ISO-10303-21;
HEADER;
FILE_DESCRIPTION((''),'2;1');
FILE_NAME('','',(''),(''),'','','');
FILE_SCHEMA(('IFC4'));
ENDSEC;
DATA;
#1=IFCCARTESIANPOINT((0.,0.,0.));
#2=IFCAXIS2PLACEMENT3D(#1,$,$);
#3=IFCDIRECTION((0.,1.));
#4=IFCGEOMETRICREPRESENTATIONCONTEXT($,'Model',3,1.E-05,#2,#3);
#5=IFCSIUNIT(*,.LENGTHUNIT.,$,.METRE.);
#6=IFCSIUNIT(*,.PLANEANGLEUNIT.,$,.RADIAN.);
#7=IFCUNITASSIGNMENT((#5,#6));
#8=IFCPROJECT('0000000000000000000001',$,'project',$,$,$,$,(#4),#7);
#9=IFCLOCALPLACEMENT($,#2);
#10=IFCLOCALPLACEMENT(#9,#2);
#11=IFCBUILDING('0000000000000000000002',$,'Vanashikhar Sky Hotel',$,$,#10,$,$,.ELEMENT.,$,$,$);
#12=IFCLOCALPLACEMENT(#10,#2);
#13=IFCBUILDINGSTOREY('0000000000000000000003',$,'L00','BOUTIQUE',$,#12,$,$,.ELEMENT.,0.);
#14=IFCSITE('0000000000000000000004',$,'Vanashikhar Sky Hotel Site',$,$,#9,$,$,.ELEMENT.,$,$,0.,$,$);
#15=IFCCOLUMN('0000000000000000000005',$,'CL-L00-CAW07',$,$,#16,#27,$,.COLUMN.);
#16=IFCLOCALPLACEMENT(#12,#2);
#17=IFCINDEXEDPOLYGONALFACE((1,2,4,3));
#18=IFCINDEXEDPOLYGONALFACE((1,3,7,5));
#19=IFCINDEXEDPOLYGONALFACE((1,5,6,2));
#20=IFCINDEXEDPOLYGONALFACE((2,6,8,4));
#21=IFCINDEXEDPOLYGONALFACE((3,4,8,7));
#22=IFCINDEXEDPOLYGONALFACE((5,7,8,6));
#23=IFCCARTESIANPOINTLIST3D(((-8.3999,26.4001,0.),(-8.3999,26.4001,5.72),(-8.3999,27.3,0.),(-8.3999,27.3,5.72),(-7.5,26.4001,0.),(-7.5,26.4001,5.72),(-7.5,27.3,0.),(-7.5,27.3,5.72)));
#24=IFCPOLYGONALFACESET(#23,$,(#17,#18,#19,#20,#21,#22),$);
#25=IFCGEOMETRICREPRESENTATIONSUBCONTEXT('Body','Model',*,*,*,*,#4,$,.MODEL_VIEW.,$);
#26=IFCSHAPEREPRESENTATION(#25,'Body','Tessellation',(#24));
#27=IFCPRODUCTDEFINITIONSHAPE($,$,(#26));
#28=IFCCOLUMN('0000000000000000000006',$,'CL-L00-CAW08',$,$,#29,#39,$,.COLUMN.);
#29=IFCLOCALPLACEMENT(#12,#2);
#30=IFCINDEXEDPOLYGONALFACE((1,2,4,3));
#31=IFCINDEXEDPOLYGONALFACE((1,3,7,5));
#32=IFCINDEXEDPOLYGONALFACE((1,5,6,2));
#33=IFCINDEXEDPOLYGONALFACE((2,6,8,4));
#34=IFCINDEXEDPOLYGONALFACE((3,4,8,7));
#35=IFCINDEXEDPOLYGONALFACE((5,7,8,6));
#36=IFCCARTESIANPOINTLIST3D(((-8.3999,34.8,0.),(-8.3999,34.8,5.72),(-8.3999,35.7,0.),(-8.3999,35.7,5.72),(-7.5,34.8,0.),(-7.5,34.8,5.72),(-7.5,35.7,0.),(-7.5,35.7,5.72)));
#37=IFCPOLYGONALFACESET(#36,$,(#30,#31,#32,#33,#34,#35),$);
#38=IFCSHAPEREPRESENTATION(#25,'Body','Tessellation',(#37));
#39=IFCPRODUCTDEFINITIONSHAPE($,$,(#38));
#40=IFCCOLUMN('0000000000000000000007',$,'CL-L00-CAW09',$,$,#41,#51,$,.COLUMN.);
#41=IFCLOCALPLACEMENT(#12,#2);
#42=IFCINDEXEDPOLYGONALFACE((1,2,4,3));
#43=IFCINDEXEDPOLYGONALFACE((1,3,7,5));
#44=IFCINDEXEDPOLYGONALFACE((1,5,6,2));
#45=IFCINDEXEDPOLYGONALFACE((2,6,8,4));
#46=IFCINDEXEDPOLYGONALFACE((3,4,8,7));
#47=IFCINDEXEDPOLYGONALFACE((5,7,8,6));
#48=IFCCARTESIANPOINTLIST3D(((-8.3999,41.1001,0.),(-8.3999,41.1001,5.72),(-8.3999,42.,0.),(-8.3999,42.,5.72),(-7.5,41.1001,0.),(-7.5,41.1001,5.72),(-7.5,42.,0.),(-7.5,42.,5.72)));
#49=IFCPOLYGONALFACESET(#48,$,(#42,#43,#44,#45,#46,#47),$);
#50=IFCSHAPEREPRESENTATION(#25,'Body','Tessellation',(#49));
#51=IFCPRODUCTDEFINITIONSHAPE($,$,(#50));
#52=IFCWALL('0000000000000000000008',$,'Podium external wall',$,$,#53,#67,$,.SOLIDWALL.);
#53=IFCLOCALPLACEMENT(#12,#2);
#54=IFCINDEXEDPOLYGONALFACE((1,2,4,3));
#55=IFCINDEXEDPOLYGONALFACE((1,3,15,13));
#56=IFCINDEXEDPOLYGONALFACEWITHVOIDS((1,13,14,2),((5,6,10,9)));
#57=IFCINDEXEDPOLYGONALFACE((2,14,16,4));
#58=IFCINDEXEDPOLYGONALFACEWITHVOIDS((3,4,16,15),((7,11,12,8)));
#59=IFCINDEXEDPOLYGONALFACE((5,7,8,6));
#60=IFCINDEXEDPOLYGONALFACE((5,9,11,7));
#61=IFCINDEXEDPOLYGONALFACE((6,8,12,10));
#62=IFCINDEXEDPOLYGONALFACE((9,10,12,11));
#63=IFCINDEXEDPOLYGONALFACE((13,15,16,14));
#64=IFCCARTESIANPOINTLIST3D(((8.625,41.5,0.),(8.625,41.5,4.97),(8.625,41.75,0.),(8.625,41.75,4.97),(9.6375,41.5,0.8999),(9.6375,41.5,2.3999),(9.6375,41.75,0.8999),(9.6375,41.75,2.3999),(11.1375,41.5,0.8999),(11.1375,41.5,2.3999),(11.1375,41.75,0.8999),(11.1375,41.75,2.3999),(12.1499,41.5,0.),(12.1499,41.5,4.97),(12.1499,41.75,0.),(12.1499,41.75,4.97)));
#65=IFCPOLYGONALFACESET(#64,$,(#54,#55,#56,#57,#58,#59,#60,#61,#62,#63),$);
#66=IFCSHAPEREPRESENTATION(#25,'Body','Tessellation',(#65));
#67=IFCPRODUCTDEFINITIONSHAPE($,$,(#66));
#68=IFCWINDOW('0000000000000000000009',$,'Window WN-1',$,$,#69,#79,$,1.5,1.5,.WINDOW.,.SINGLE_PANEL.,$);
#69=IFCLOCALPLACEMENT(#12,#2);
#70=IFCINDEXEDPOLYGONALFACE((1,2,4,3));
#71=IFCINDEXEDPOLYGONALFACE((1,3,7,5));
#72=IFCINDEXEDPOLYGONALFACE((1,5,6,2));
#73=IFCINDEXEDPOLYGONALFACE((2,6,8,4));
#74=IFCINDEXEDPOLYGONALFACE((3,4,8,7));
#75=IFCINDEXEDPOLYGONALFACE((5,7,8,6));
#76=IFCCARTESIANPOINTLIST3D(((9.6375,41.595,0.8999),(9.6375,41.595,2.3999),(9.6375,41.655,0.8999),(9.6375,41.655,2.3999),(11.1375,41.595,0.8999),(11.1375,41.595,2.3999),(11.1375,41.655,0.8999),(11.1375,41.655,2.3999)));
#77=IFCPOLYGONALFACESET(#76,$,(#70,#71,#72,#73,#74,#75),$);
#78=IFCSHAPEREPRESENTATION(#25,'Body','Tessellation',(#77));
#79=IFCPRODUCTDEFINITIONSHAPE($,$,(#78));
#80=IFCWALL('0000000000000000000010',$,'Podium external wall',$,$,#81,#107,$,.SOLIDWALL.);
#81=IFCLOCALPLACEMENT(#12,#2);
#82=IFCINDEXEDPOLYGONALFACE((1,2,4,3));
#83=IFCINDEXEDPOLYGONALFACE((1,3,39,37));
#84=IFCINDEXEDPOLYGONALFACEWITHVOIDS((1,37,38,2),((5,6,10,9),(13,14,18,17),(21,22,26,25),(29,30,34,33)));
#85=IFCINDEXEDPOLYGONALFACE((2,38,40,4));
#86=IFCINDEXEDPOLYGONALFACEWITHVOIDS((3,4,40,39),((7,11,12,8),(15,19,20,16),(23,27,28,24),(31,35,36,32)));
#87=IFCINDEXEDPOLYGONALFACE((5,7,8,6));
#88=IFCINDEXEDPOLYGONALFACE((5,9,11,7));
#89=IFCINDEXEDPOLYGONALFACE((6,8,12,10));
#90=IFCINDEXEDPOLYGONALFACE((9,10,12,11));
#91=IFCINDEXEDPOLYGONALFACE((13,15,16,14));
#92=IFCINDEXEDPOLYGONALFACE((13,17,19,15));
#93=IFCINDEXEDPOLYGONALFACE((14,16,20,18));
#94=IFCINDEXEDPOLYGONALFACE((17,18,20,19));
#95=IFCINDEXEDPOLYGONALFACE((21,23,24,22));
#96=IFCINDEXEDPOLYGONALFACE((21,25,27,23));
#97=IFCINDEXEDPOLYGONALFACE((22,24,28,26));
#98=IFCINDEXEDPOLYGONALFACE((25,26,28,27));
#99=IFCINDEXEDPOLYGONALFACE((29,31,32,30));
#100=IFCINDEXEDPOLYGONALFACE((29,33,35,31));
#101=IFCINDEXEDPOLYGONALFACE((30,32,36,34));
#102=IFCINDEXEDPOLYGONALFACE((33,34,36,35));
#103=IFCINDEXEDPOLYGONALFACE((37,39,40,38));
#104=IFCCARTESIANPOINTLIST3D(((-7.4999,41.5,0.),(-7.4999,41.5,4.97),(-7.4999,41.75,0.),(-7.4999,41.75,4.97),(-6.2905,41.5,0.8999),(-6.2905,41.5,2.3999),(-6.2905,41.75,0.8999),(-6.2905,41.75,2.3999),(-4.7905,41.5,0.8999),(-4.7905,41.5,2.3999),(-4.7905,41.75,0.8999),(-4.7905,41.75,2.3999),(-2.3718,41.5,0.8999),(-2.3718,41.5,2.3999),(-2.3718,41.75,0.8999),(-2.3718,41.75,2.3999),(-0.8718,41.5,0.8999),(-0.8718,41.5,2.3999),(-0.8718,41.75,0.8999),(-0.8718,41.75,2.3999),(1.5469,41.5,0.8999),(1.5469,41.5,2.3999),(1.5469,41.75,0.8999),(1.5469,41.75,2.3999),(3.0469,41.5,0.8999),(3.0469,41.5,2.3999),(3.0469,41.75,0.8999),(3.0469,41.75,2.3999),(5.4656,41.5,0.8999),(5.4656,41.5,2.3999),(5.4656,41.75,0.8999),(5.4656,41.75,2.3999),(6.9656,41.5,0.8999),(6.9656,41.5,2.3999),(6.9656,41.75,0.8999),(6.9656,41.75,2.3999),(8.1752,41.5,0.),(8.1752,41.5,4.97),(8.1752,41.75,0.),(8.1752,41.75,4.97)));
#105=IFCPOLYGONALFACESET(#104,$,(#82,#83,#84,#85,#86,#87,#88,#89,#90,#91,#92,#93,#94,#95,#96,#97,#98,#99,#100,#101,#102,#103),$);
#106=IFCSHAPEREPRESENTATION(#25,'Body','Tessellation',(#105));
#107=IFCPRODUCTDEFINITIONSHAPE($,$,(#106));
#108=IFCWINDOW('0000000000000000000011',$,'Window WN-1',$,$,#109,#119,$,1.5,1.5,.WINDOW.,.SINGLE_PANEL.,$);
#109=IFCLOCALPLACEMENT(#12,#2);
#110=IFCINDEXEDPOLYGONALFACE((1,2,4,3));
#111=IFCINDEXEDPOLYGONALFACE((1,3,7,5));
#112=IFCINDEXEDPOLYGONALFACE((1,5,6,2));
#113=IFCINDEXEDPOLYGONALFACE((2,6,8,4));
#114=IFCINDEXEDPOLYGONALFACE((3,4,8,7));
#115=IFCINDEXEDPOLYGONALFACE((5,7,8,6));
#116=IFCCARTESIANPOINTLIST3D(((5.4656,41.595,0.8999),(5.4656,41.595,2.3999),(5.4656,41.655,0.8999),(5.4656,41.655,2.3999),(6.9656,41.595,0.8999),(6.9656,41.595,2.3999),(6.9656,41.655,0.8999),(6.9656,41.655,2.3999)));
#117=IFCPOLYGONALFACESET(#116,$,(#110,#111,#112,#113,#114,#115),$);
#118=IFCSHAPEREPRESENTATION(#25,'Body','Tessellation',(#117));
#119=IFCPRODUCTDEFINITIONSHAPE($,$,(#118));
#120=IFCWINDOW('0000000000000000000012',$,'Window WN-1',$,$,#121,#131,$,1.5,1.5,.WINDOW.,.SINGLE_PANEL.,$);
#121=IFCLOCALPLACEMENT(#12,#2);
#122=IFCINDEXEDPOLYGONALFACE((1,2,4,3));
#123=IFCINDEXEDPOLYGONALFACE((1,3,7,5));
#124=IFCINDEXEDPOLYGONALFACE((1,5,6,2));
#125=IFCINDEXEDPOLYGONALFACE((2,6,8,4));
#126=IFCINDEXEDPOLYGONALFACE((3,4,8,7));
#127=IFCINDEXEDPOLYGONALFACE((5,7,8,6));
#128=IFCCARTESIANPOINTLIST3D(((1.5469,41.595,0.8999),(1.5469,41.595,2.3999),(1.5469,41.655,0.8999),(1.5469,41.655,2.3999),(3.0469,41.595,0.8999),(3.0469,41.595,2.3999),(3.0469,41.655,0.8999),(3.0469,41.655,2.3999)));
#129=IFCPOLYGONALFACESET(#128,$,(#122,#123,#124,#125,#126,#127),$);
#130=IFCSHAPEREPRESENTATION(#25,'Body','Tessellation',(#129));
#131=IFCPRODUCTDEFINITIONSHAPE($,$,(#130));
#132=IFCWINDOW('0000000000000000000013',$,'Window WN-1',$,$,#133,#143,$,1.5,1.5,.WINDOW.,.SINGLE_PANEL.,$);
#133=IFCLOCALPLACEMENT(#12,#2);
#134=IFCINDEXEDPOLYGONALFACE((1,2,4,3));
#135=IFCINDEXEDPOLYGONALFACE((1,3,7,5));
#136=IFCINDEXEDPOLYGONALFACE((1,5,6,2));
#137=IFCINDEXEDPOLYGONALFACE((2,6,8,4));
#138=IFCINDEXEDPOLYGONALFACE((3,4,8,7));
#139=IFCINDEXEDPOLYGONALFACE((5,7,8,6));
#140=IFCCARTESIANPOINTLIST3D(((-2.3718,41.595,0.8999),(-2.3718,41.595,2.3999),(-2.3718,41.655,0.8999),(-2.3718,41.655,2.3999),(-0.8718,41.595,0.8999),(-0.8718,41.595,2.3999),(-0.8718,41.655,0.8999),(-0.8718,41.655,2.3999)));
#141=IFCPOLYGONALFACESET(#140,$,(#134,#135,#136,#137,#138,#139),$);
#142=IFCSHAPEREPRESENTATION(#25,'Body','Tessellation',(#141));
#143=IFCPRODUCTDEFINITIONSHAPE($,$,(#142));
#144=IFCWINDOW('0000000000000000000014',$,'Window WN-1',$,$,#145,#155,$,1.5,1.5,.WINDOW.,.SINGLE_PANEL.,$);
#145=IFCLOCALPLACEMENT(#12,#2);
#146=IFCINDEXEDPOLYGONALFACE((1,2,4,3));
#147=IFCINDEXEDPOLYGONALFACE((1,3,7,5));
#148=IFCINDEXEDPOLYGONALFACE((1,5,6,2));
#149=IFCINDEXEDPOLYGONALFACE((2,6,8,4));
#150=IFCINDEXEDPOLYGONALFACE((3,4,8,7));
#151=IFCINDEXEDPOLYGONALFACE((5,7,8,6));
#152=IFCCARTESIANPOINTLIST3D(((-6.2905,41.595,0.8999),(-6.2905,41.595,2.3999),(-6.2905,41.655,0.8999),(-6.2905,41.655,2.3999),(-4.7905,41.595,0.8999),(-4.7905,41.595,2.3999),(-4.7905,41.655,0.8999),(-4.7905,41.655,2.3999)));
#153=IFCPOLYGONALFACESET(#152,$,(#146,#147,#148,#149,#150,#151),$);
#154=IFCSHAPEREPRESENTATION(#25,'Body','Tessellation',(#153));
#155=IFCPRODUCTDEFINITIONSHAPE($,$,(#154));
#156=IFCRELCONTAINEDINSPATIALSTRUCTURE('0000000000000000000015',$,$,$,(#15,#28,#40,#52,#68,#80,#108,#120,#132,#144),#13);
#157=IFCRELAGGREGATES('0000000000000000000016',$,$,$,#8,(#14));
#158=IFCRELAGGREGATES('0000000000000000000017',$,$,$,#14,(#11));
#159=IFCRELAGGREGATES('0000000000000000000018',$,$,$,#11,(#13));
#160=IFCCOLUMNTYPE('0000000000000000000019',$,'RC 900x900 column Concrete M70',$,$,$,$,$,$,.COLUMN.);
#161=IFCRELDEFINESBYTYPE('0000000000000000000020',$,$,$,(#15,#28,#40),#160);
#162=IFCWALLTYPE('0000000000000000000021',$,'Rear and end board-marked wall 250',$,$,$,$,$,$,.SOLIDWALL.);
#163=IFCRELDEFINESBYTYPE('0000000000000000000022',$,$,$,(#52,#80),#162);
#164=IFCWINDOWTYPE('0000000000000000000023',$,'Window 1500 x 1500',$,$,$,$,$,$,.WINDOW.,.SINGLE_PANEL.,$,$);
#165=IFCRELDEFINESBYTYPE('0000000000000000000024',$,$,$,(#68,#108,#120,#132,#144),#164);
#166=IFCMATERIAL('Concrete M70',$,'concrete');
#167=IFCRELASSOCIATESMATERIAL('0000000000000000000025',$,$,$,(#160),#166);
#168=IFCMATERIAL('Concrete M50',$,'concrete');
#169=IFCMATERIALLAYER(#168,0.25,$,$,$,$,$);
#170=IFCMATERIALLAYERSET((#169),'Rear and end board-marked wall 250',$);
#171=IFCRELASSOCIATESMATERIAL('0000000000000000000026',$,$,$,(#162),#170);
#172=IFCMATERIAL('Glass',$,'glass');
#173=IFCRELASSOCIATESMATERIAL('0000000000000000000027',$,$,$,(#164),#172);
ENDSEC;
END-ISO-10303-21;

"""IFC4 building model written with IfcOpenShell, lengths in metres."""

from ifc_helpers import new_model, si_unit, direction, frame, frame_2d, origin, origin_2d, place, context, subcontext, project, spatial, rectangle, extrude, source, transform, mapped, material, layer, layer_set, material_profile, profile_set, type_object, element, fill, save


model = new_model("IFC4")

# Units and contexts
model_context = context("Model", 3, precision=1e-05, world=origin(), true_north=direction((0.0, 1.0)))
body_context = subcontext(model_context, "Body", "Model", "MODEL_VIEW")
ifc_project = project(units=[si_unit("LENGTHUNIT", "METRE"), si_unit("PLANEANGLEUNIT", "RADIAN")], contexts=[model_context])

# Site, building, storey
site_placement = place(None, origin())
site = spatial("IfcSite", under=ifc_project, at=site_placement, Name="Vanashikhar Sky Hotel Site", CompositionType="ELEMENT", RefElevation=0.0)
building_placement = place(site_placement, origin())
building = spatial("IfcBuilding", under=site, at=building_placement, Name="Vanashikhar Sky Hotel", CompositionType="ELEMENT")
storey_placement = place(building_placement, origin())
storey = spatial("IfcBuildingStorey", under=building, at=storey_placement, Name="L00", Description="BOUTIQUE", CompositionType="ELEMENT", Elevation=0.0)

# Columns
ifc_material_1 = material(Name="Concrete M70", Category="concrete")
ifc_material_profile = material_profile(ifc_material_1, rectangle(XDim=0.8999, YDim=0.8999, at=origin_2d()))
ifc_profile_set = profile_set([ifc_material_profile], Name="RC 900x900 column Concrete M70")
column_type = type_object("IfcColumnType", Name="RC 900x900 column Concrete M70", PredefinedType="COLUMN", material=ifc_profile_set)
shared_shape_1 = source(origin(), body_context, "Body", "SweptSolid", [
    extrude(rectangle(XDim=0.8999, YDim=0.8999, at=origin_2d()), origin(), (0.0, 0.0, 1.0), 5.72),
])
for number, where, z_axis, x_axis, name in (
    (1, (-7.95, 26.8501, 0.0), (0.0, 0.0, 1.0), (1.0, 0.0, 0.0), "CL-L00-CAW07"),
    (2, (-7.95, 35.25, 0.0), (0.0, 0.0, 1.0), (1.0, 0.0, 0.0), "CL-L00-CAW08"),
    (3, (-7.95, 41.55, 0.0), (0.0, 0.0, 1.0), (1.0, 0.0, 0.0), "CL-L00-CAW09"),
):
    element("IfcColumn", number, at=place(storey_placement, frame(where, z_axis=z_axis, x_axis=x_axis)), inside=storey, type_object=column_type, Name=name, PredefinedType="COLUMN", context=body_context, shape_type="MappedRepresentation", body=[
        mapped(shared_shape_1, transform((0.0, 0.0, 0.0), scale=1.0)),
    ])

# Wall, opening, window
ifc_material_2 = material(Name="Concrete M50", Category="concrete")
ifc_layer = layer(ifc_material_2, 0.25)
ifc_layer_set = layer_set([ifc_layer], Name="Rear and end board-marked wall 250")
wall_type = type_object("IfcWallType", Name="Rear and end board-marked wall 250", PredefinedType="SOLIDWALL", material=ifc_layer_set)
shared_shape_2 = source(origin(), body_context, "Body", "SweptSolid", [
    extrude(rectangle(XDim=3.5249, YDim=0.25, at=frame_2d((1.7625, 0.0))), origin(), (0.0, 0.0, 1.0), 4.97),
])
wall_1_placement = place(storey_placement, frame((12.1499, 41.625, 0.0), z_axis=(0.0, 0.0, 1.0), x_axis=(-1.0, 0.0, 0.0)))
wall_1 = element("IfcWall", 4, at=wall_1_placement, inside=storey, type_object=wall_type, Name="Podium external wall", PredefinedType="SOLIDWALL", context=body_context, shape_type="MappedRepresentation", body=[
    mapped(shared_shape_2, transform((0.0, 0.0, 0.0), scale=1.0)),
])
shared_shape_3 = source(origin(), body_context, "Body", "SweptSolid", [
    extrude(rectangle(XDim=1.5, YDim=1.5, at=frame_2d((0.75, 0.75))), frame((0.0, 0.135, 0.0), z_axis=(0.0, -1.0, 0.0), x_axis=(1.0, 0.0, 0.0)), (0.0, 0.0, 1.0), 0.27),
])
opening_1_placement = place(wall_1_placement, frame((1.0125, 0.0, 0.8999)))
opening_1 = element("IfcOpeningElement", 5, at=opening_1_placement, cuts=wall_1, PredefinedType="OPENING", context=body_context, shape_type="MappedRepresentation", body=[
    mapped(shared_shape_3, transform((0.0, 0.0, 0.0), scale=1.0)),
])
ifc_material_3 = material(Name="Glass", Category="glass")
window_type_1 = type_object("IfcWindowType", Name="Window 1500 x 1500", PartitioningType="SINGLE_PANEL", PredefinedType="WINDOW", material=ifc_material_3)
shared_shape_4 = source(origin(), body_context, "Body", "SweptSolid", [
    extrude(rectangle(XDim=1.5, YDim=1.5, at=frame_2d((0.75, 0.75))), frame((0.0, 0.03, 0.0), z_axis=(0.0, -1.0, 0.0), x_axis=(1.0, 0.0, 0.0)), (0.0, 0.0, 1.0), 0.0601),
])
window_1_placement = place(opening_1_placement, origin())
window_1 = element("IfcWindow", 6, at=window_1_placement, inside=storey, type_object=window_type_1, Name="Window WN-1", OverallHeight=1.5, OverallWidth=1.5, PartitioningType="SINGLE_PANEL", PredefinedType="WINDOW", context=body_context, shape_type="MappedRepresentation", body=[
    mapped(shared_shape_4, transform((0.0, 0.0, 0.0), scale=1.0)),
])
fill(opening_1, window_1)

# Wall, openings, windows
shared_shape_5 = source(origin(), body_context, "Body", "SweptSolid", [
    extrude(rectangle(XDim=15.675, YDim=0.25, at=frame_2d((7.8374, 0.0))), origin(), (0.0, 0.0, 1.0), 4.97),
])
wall_2_placement = place(storey_placement, frame((8.175, 41.625, 0.0), z_axis=(0.0, 0.0, 1.0), x_axis=(-1.0, 0.0, 0.0)))
wall_2 = element("IfcWall", 7, at=wall_2_placement, inside=storey, type_object=wall_type, Name="Podium external wall", PredefinedType="SOLIDWALL", context=body_context, shape_type="MappedRepresentation", body=[
    mapped(shared_shape_5, transform((0.0, 0.0, 0.0), scale=1.0)),
])
opening_2_placement = place(wall_2_placement, frame((1.2095, 0.0, 0.8999)))
opening_2 = element("IfcOpeningElement", 8, at=opening_2_placement, cuts=wall_2, PredefinedType="OPENING", context=body_context, shape_type="MappedRepresentation", body=[
    mapped(shared_shape_3, transform((0.0, 0.0, 0.0), scale=1.0)),
])
opening_3_placement = place(wall_2_placement, frame((5.1282, 0.0, 0.8999)))
opening_3 = element("IfcOpeningElement", 9, at=opening_3_placement, cuts=wall_2, PredefinedType="OPENING", context=body_context, shape_type="MappedRepresentation", body=[
    mapped(shared_shape_3, transform((0.0, 0.0, 0.0), scale=1.0)),
])
opening_4_placement = place(wall_2_placement, frame((9.0469, 0.0, 0.8999)))
opening_4 = element("IfcOpeningElement", 10, at=opening_4_placement, cuts=wall_2, PredefinedType="OPENING", context=body_context, shape_type="MappedRepresentation", body=[
    mapped(shared_shape_3, transform((0.0, 0.0, 0.0), scale=1.0)),
])
opening_5_placement = place(wall_2_placement, frame((12.9656, 0.0, 0.8999)))
opening_5 = element("IfcOpeningElement", 11, at=opening_5_placement, cuts=wall_2, PredefinedType="OPENING", context=body_context, shape_type="MappedRepresentation", body=[
    mapped(shared_shape_3, transform((0.0, 0.0, 0.0), scale=1.0)),
])
window_2_placement = place(opening_2_placement, origin())
window_2 = element("IfcWindow", 12, at=window_2_placement, inside=storey, type_object=window_type_1, Name="Window WN-1", OverallHeight=1.5, OverallWidth=1.5, PartitioningType="SINGLE_PANEL", PredefinedType="WINDOW", context=body_context, shape_type="MappedRepresentation", body=[
    mapped(shared_shape_4, transform((0.0, 0.0, 0.0), scale=1.0)),
])
fill(opening_2, window_2)
window_3_placement = place(opening_3_placement, origin())
window_3 = element("IfcWindow", 13, at=window_3_placement, inside=storey, type_object=window_type_1, Name="Window WN-1", OverallHeight=1.5, OverallWidth=1.5, PartitioningType="SINGLE_PANEL", PredefinedType="WINDOW", context=body_context, shape_type="MappedRepresentation", body=[
    mapped(shared_shape_4, transform((0.0, 0.0, 0.0), scale=1.0)),
])
fill(opening_3, window_3)
window_4_placement = place(opening_4_placement, origin())
window_4 = element("IfcWindow", 14, at=window_4_placement, inside=storey, type_object=window_type_1, Name="Window WN-1", OverallHeight=1.5, OverallWidth=1.5, PartitioningType="SINGLE_PANEL", PredefinedType="WINDOW", context=body_context, shape_type="MappedRepresentation", body=[
    mapped(shared_shape_4, transform((0.0, 0.0, 0.0), scale=1.0)),
])
fill(opening_4, window_4)
window_5_placement = place(opening_5_placement, origin())
window_5 = element("IfcWindow", 15, at=window_5_placement, inside=storey, type_object=window_type_1, Name="Window WN-1", OverallHeight=1.5, OverallWidth=1.5, PartitioningType="SINGLE_PANEL", PredefinedType="WINDOW", context=body_context, shape_type="MappedRepresentation", body=[
    mapped(shared_shape_4, transform((0.0, 0.0, 0.0), scale=1.0)),
])
fill(opening_5, window_5)

save(model, "model.ifc")
